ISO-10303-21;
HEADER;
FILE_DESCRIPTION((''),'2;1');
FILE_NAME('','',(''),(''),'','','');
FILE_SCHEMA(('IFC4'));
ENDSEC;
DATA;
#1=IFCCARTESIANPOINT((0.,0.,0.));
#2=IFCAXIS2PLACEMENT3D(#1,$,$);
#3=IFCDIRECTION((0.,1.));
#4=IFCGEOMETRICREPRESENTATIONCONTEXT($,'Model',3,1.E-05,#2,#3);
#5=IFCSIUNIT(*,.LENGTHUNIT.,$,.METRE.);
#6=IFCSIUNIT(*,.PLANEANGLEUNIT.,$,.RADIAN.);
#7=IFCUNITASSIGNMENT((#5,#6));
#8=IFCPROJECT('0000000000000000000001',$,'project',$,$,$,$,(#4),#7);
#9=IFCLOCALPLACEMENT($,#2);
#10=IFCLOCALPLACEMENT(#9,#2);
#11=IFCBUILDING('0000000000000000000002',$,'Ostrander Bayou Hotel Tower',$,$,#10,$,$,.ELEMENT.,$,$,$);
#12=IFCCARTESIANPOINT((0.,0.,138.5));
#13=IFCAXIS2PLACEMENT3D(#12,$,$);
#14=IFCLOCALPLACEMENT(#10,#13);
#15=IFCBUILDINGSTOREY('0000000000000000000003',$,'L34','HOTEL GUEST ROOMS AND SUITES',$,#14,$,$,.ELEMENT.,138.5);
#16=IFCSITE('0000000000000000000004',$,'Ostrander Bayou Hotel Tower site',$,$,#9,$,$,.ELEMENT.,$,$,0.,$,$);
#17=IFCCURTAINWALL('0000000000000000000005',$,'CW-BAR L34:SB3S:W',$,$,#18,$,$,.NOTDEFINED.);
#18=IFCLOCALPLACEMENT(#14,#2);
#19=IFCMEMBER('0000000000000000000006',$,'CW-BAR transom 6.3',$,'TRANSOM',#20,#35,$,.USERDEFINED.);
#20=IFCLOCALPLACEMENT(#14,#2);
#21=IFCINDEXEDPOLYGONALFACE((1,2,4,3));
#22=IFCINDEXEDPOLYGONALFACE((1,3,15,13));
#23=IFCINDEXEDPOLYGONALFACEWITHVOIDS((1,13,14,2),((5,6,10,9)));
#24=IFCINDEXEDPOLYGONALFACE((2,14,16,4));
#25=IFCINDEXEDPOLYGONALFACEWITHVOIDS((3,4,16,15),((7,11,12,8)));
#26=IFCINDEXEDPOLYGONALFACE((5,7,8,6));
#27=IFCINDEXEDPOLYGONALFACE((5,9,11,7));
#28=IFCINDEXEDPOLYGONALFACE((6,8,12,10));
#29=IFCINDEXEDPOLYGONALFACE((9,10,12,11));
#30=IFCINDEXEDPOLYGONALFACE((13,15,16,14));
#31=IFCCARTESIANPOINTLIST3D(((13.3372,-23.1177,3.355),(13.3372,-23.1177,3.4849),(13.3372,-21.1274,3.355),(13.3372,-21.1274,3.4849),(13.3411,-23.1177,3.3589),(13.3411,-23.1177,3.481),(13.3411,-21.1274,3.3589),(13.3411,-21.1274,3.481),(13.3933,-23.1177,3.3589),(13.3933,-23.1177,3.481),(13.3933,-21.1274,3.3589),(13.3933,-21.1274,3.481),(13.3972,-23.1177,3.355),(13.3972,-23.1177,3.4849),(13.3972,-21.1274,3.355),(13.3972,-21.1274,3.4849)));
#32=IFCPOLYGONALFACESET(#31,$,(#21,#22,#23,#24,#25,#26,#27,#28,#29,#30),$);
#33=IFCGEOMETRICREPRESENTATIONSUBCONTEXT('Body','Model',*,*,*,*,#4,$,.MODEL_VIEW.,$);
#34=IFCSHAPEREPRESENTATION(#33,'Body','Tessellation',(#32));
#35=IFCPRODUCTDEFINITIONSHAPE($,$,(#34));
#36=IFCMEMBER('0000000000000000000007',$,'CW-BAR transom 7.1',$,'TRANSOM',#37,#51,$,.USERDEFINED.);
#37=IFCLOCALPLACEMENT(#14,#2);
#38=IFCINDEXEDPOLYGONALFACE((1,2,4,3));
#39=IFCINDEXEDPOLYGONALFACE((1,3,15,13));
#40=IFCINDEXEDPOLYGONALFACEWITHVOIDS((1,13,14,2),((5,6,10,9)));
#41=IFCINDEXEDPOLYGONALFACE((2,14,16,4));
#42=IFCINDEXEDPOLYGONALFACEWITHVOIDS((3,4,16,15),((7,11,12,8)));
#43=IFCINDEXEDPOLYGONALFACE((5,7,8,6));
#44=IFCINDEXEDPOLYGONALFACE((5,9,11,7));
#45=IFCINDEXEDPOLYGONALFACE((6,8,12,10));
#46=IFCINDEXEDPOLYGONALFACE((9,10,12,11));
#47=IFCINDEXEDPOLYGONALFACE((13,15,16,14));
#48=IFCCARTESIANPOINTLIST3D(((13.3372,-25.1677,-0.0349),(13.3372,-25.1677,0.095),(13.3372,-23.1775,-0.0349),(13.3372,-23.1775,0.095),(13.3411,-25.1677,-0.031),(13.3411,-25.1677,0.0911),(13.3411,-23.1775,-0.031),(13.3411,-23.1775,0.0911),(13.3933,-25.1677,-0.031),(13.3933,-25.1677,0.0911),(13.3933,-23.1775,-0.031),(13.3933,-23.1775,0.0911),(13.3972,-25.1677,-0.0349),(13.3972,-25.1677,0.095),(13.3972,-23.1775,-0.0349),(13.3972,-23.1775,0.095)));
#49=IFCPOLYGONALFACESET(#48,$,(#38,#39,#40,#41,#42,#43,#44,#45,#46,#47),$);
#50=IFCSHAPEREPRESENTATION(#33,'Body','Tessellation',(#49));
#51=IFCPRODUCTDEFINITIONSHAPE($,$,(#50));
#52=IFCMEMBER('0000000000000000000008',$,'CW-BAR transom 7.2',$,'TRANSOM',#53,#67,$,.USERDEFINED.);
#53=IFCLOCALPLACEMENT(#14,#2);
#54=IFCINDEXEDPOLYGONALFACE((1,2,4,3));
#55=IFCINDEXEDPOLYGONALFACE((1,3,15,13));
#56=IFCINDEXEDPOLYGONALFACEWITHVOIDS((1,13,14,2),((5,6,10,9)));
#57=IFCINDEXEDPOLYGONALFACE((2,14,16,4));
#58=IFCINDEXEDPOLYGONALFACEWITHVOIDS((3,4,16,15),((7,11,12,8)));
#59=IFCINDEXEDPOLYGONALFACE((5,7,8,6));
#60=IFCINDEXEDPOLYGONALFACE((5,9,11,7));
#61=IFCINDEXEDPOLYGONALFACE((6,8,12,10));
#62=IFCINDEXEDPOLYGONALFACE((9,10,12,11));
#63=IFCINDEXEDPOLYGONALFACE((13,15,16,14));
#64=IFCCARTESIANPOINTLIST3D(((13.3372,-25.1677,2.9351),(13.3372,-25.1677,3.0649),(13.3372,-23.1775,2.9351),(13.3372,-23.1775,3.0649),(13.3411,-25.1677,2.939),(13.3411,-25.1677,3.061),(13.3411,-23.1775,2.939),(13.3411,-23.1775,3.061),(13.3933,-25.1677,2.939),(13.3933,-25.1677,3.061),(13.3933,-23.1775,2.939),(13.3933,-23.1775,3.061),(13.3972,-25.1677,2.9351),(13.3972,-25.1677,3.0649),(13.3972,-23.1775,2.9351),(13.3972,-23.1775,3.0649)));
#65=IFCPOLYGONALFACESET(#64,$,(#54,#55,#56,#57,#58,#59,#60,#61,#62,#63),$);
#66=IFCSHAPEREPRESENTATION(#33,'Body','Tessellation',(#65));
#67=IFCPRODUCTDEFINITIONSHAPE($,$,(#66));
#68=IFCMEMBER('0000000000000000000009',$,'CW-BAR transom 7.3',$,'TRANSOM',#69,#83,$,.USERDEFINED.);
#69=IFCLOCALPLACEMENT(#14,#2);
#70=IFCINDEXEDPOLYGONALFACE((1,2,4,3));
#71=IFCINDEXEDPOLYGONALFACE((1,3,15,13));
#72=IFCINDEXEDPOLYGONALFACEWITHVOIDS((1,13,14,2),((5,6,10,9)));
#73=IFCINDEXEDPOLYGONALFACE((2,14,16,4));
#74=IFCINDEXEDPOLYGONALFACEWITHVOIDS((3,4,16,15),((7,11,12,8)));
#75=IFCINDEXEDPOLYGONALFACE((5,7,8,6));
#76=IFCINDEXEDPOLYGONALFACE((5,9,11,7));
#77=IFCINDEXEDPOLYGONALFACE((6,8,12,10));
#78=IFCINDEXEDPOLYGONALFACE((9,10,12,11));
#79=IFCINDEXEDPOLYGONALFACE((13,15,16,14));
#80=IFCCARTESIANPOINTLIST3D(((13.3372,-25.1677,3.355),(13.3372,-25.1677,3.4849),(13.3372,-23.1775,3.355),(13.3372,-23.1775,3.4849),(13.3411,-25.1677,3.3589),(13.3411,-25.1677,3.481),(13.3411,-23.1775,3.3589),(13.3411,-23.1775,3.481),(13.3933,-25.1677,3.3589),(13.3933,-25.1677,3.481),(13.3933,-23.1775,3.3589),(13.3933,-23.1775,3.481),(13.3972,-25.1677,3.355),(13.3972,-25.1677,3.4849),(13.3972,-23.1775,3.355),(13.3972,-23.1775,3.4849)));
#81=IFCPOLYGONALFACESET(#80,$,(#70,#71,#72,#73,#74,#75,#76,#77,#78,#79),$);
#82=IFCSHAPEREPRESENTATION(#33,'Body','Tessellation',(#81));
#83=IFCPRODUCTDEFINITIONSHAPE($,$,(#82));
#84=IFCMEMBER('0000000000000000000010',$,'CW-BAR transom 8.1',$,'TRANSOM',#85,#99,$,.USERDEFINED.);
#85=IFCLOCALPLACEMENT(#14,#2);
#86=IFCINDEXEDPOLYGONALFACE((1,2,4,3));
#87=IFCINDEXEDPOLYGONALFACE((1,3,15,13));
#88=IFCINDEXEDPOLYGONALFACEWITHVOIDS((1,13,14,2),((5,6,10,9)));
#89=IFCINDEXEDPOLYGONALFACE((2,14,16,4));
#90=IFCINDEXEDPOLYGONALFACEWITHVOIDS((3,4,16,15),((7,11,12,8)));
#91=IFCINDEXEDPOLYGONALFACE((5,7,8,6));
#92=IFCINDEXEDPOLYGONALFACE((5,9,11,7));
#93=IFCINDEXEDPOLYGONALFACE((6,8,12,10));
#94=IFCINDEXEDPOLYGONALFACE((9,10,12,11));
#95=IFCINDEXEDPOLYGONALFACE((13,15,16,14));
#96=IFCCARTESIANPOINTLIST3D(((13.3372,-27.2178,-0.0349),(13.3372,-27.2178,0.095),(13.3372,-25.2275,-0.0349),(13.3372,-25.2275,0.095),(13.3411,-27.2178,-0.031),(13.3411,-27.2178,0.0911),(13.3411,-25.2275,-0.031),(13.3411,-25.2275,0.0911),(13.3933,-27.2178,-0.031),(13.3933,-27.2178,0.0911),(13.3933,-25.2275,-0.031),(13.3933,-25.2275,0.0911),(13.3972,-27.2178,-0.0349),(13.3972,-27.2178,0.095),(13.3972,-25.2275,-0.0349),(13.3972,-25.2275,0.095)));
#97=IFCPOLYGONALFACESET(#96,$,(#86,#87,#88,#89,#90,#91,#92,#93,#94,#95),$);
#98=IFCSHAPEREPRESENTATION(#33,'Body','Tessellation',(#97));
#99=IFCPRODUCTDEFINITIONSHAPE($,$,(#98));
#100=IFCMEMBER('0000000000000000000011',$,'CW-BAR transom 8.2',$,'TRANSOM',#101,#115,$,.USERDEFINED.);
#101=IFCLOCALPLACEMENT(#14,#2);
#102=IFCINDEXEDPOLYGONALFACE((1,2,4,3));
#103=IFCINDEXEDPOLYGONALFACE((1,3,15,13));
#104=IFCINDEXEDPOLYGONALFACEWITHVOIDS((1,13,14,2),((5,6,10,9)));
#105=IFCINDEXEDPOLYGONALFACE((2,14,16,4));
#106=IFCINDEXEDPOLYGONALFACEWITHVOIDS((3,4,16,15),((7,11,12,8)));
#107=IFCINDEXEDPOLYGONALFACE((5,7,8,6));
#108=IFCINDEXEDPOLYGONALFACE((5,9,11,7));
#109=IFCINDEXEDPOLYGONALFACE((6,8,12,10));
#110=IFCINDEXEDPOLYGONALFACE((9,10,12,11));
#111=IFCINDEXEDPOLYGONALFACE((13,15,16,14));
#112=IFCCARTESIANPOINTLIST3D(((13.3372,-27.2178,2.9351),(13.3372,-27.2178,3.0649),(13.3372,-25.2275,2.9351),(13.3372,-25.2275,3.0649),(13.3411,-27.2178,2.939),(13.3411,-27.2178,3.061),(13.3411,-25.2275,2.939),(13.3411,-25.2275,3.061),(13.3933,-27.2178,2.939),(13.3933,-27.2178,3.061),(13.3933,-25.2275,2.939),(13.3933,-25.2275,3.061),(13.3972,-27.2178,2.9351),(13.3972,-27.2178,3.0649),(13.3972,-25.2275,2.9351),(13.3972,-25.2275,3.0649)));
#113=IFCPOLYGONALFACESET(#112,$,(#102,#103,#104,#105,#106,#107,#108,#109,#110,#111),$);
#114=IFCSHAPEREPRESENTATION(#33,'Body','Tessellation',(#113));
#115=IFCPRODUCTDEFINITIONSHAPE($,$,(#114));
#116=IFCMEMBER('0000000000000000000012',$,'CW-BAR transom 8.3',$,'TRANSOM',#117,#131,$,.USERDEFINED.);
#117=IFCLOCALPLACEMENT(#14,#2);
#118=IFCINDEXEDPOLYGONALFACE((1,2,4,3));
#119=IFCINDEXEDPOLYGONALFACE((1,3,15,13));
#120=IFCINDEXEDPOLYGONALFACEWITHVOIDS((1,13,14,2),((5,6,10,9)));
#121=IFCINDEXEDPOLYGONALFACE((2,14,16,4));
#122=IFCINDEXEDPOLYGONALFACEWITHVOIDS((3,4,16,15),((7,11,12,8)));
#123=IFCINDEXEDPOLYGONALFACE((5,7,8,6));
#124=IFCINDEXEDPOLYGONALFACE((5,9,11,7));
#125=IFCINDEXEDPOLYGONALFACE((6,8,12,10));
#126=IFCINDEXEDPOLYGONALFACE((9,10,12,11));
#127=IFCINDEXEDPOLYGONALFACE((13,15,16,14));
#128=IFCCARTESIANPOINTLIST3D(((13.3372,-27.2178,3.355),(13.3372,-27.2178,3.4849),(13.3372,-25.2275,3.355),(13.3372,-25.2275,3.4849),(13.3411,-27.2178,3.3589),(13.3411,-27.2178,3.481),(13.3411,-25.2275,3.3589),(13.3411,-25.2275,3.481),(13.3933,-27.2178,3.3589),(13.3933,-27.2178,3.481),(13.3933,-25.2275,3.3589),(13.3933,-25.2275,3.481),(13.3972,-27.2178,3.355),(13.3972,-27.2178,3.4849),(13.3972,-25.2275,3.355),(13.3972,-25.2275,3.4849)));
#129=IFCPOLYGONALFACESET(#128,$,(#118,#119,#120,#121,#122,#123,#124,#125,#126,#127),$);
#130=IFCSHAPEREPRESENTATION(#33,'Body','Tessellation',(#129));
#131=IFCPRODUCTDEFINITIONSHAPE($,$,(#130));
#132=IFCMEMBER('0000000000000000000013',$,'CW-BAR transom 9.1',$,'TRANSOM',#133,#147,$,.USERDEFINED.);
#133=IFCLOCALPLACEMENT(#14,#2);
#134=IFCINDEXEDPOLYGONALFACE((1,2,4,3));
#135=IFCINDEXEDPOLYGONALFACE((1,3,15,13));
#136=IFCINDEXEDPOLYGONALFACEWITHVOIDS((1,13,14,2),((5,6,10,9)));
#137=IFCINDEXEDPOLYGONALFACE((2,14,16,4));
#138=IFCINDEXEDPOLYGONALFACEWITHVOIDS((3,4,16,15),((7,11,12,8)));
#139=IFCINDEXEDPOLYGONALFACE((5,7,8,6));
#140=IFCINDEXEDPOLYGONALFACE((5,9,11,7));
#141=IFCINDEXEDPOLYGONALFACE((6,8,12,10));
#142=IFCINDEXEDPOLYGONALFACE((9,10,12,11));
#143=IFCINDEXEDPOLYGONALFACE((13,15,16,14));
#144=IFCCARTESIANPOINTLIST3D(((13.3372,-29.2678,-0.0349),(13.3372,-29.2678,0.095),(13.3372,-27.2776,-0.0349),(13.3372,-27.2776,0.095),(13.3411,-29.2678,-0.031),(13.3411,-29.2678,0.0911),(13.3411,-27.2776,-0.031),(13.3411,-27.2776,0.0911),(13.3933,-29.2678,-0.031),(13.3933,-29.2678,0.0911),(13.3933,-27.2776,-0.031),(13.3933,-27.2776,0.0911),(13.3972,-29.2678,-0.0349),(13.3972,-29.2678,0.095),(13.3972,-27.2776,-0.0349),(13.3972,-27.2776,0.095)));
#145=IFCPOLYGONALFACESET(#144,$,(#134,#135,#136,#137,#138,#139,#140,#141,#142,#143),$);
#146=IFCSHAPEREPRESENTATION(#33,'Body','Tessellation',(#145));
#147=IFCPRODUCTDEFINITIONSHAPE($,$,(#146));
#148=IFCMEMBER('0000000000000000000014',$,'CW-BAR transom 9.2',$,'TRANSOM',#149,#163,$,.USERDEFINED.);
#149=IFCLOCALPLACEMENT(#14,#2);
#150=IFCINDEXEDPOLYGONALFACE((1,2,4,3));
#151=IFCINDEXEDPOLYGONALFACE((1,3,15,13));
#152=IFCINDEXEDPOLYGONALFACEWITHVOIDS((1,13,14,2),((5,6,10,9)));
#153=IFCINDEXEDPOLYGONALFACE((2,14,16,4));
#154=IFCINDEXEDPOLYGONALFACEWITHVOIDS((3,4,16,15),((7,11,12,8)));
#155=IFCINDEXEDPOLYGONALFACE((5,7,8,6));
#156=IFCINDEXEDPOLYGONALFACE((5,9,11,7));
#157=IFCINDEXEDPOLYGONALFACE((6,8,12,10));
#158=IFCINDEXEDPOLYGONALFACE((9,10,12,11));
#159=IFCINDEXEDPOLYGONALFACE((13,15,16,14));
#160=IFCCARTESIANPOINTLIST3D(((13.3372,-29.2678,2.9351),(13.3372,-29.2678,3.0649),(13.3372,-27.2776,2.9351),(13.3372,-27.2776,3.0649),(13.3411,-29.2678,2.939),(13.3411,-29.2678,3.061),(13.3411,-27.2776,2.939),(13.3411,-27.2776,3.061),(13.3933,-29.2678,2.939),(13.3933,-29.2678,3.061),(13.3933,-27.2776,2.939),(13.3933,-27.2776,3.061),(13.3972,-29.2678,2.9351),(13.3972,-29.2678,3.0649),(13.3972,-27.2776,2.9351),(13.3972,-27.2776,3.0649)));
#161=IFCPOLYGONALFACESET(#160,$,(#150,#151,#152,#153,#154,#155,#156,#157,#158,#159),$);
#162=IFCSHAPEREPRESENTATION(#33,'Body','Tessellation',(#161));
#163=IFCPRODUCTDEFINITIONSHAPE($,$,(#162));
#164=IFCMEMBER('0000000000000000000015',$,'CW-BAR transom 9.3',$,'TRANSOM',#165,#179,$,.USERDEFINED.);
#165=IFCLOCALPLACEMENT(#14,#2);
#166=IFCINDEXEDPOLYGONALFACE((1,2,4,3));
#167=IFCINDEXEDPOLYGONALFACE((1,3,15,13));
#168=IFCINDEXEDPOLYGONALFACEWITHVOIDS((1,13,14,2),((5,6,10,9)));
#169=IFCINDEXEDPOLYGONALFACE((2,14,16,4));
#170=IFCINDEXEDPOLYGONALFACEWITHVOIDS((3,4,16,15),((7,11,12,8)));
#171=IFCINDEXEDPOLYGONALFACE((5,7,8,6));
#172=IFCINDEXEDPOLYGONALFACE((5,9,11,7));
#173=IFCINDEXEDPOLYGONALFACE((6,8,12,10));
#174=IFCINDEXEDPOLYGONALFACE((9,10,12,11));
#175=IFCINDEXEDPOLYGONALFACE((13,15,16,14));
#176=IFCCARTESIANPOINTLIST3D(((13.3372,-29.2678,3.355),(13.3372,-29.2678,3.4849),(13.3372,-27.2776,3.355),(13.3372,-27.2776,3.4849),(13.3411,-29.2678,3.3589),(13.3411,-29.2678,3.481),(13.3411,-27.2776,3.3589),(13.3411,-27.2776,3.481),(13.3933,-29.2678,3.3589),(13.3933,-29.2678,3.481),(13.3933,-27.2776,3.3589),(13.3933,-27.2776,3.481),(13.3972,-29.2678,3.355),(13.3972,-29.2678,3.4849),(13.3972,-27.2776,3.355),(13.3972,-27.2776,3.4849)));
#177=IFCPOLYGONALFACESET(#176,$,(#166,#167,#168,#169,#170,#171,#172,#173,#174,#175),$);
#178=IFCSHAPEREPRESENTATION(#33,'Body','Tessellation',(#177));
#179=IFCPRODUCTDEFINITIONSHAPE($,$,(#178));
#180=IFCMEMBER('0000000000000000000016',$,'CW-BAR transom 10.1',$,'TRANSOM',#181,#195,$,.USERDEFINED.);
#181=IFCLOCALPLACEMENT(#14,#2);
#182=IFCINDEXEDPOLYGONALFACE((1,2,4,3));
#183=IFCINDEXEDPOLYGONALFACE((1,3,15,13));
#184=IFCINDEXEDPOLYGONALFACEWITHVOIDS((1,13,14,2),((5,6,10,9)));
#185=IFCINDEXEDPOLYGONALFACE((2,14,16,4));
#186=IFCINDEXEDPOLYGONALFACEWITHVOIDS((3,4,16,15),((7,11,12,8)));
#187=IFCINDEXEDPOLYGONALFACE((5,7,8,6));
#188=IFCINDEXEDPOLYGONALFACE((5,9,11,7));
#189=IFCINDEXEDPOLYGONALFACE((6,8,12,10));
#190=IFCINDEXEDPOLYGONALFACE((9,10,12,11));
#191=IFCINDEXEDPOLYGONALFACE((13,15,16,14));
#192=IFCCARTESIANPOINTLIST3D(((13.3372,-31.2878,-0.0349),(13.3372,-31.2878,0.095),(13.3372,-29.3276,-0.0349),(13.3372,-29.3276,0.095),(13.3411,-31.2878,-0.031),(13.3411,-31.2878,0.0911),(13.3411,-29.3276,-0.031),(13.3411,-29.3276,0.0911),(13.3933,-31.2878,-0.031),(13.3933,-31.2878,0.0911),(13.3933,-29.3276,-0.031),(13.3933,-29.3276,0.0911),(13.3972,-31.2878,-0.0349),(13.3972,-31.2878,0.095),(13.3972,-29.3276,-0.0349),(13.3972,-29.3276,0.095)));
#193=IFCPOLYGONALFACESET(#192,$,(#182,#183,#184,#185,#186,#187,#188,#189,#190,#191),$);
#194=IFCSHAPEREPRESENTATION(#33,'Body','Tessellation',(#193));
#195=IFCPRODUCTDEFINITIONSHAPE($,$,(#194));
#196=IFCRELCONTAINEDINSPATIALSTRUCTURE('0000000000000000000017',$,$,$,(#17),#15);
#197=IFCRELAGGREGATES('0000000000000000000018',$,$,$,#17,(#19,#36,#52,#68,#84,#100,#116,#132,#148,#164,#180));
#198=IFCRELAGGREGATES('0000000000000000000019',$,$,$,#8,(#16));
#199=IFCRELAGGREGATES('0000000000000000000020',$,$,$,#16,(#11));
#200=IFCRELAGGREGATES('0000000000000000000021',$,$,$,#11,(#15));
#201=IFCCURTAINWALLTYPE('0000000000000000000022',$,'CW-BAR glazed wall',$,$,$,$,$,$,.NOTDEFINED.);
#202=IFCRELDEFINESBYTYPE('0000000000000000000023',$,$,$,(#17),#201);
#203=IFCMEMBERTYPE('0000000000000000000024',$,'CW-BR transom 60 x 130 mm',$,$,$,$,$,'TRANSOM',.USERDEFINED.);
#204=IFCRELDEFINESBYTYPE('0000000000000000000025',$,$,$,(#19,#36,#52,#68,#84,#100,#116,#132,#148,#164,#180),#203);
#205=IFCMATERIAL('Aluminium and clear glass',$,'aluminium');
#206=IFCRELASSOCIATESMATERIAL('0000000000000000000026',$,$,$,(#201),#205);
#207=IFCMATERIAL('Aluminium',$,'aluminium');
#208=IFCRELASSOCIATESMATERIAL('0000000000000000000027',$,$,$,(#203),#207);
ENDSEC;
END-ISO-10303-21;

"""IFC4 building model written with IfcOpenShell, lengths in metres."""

from ifc_helpers import new_model, si_unit, direction, frame, origin, origin_2d, place, context, subcontext, project, spatial, hollow_rectangle, extrude, material, material_profile, profile_set, type_object, element, aggregate, save


model = new_model("IFC4")

# Units and contexts
model_context = context("Model", 3, precision=1e-05, world=origin(), true_north=direction((0.0, 1.0)))
body_context = subcontext(model_context, "Body", "Model", "MODEL_VIEW")
ifc_project = project(units=[si_unit("LENGTHUNIT", "METRE"), si_unit("PLANEANGLEUNIT", "RADIAN")], contexts=[model_context])

# Site, building, storey
site_placement = place(None, origin())
site = spatial("IfcSite", under=ifc_project, at=site_placement, Name="Ostrander Bayou Hotel Tower site", CompositionType="ELEMENT", RefElevation=0.0)
building_placement = place(site_placement, origin())
building = spatial("IfcBuilding", under=site, at=building_placement, Name="Ostrander Bayou Hotel Tower", CompositionType="ELEMENT")
storey_placement = place(building_placement, frame((0.0, 0.0, 138.5)))
storey = spatial("IfcBuildingStorey", under=building, at=storey_placement, Name="L34", Description="HOTEL GUEST ROOMS AND SUITES", CompositionType="ELEMENT", Elevation=138.5)

# Shared definitions
ifc_material_1 = material(Name="Aluminium and clear glass", Category="aluminium")
curtain_wall_type = type_object("IfcCurtainWallType", Name="CW-BAR glazed wall", PredefinedType="NOTDEFINED", material=ifc_material_1)

# Curtain wall, members
curtain_wall_1_placement = place(storey_placement, origin())
curtain_wall_1 = element("IfcCurtainWall", 1, at=curtain_wall_1_placement, inside=storey, type_object=curtain_wall_type, Name="CW-BAR L34:SB3S:W", PredefinedType="NOTDEFINED")
ifc_material_2 = material(Name="Aluminium", Category="aluminium")
ifc_material_profile_1 = material_profile(ifc_material_2, hollow_rectangle(XDim=0.0601, YDim=0.1299, WallThickness=0.0039, at=origin_2d()))
ifc_profile_set_1 = profile_set([ifc_material_profile_1], Name="Aluminium")
member_type_1 = type_object("IfcMemberType", Name="CW-BR transom 60 x 130 mm", ElementType="TRANSOM", PredefinedType="USERDEFINED", material=ifc_profile_set_1)
member_1_placement = place(storey_placement, frame((13.3672, -21.1274, 3.4199), z_axis=(0.0, -1.0, 0.0), x_axis=(1.0, 0.0, 0.0)))
member_1 = element("IfcMember", 2, at=member_1_placement, type_object=member_type_1, Name="CW-BAR transom 6.3", ObjectType="TRANSOM", PredefinedType="USERDEFINED", context=body_context, shape_type="SweptSolid", body=[
    extrude(hollow_rectangle(XDim=0.0601, YDim=0.1299, WallThickness=0.0039, at=origin_2d()), origin(), (0.0, 0.0, 1.0), 1.9902),
])
member_2_placement = place(storey_placement, frame((13.3672, -23.1775, 0.03), z_axis=(0.0, -1.0, 0.0), x_axis=(1.0, 0.0, 0.0)))
member_2 = element("IfcMember", 3, at=member_2_placement, type_object=member_type_1, Name="CW-BAR transom 7.1", ObjectType="TRANSOM", PredefinedType="USERDEFINED", context=body_context, shape_type="SweptSolid", body=[
    extrude(hollow_rectangle(XDim=0.0601, YDim=0.1299, WallThickness=0.0039, at=origin_2d()), origin(), (0.0, 0.0, 1.0), 1.9902),
])
member_3_placement = place(storey_placement, frame((13.3672, -23.1775, 3.0), z_axis=(0.0, -1.0, 0.0), x_axis=(1.0, 0.0, 0.0)))
member_3 = element("IfcMember", 4, at=member_3_placement, type_object=member_type_1, Name="CW-BAR transom 7.2", ObjectType="TRANSOM", PredefinedType="USERDEFINED", context=body_context, shape_type="SweptSolid", body=[
    extrude(hollow_rectangle(XDim=0.0601, YDim=0.1299, WallThickness=0.0039, at=origin_2d()), origin(), (0.0, 0.0, 1.0), 1.9902),
])
member_4_placement = place(storey_placement, frame((13.3672, -23.1775, 3.4199), z_axis=(0.0, -1.0, 0.0), x_axis=(1.0, 0.0, 0.0)))
member_4 = element("IfcMember", 5, at=member_4_placement, type_object=member_type_1, Name="CW-BAR transom 7.3", ObjectType="TRANSOM", PredefinedType="USERDEFINED", context=body_context, shape_type="SweptSolid", body=[
    extrude(hollow_rectangle(XDim=0.0601, YDim=0.1299, WallThickness=0.0039, at=origin_2d()), origin(), (0.0, 0.0, 1.0), 1.9902),
])
member_5_placement = place(storey_placement, frame((13.3672, -25.2275, 0.03), z_axis=(0.0, -1.0, 0.0), x_axis=(1.0, 0.0, 0.0)))
member_5 = element("IfcMember", 6, at=member_5_placement, type_object=member_type_1, Name="CW-BAR transom 8.1", ObjectType="TRANSOM", PredefinedType="USERDEFINED", context=body_context, shape_type="SweptSolid", body=[
    extrude(hollow_rectangle(XDim=0.0601, YDim=0.1299, WallThickness=0.0039, at=origin_2d()), origin(), (0.0, 0.0, 1.0), 1.9902),
])
member_6_placement = place(storey_placement, frame((13.3672, -25.2275, 3.0), z_axis=(0.0, -1.0, 0.0), x_axis=(1.0, 0.0, 0.0)))
member_6 = element("IfcMember", 7, at=member_6_placement, type_object=member_type_1, Name="CW-BAR transom 8.2", ObjectType="TRANSOM", PredefinedType="USERDEFINED", context=body_context, shape_type="SweptSolid", body=[
    extrude(hollow_rectangle(XDim=0.0601, YDim=0.1299, WallThickness=0.0039, at=origin_2d()), origin(), (0.0, 0.0, 1.0), 1.9902),
])
member_7_placement = place(storey_placement, frame((13.3672, -25.2275, 3.4199), z_axis=(0.0, -1.0, 0.0), x_axis=(1.0, 0.0, 0.0)))
member_7 = element("IfcMember", 8, at=member_7_placement, type_object=member_type_1, Name="CW-BAR transom 8.3", ObjectType="TRANSOM", PredefinedType="USERDEFINED", context=body_context, shape_type="SweptSolid", body=[
    extrude(hollow_rectangle(XDim=0.0601, YDim=0.1299, WallThickness=0.0039, at=origin_2d()), origin(), (0.0, 0.0, 1.0), 1.9902),
])
member_8_placement = place(storey_placement, frame((13.3672, -27.2776, 0.03), z_axis=(0.0, -1.0, 0.0), x_axis=(1.0, 0.0, 0.0)))
member_8 = element("IfcMember", 9, at=member_8_placement, type_object=member_type_1, Name="CW-BAR transom 9.1", ObjectType="TRANSOM", PredefinedType="USERDEFINED", context=body_context, shape_type="SweptSolid", body=[
    extrude(hollow_rectangle(XDim=0.0601, YDim=0.1299, WallThickness=0.0039, at=origin_2d()), origin(), (0.0, 0.0, 1.0), 1.9902),
])
member_9_placement = place(storey_placement, frame((13.3672, -27.2776, 3.0), z_axis=(0.0, -1.0, 0.0), x_axis=(1.0, 0.0, 0.0)))
member_9 = element("IfcMember", 10, at=member_9_placement, type_object=member_type_1, Name="CW-BAR transom 9.2", ObjectType="TRANSOM", PredefinedType="USERDEFINED", context=body_context, shape_type="SweptSolid", body=[
    extrude(hollow_rectangle(XDim=0.0601, YDim=0.1299, WallThickness=0.0039, at=origin_2d()), origin(), (0.0, 0.0, 1.0), 1.9902),
])
member_10_placement = place(storey_placement, frame((13.3672, -27.2776, 3.4199), z_axis=(0.0, -1.0, 0.0), x_axis=(1.0, 0.0, 0.0)))
member_10 = element("IfcMember", 11, at=member_10_placement, type_object=member_type_1, Name="CW-BAR transom 9.3", ObjectType="TRANSOM", PredefinedType="USERDEFINED", context=body_context, shape_type="SweptSolid", body=[
    extrude(hollow_rectangle(XDim=0.0601, YDim=0.1299, WallThickness=0.0039, at=origin_2d()), origin(), (0.0, 0.0, 1.0), 1.9902),
])
member_11_placement = place(storey_placement, frame((13.3672, -29.3276, 0.03), z_axis=(0.0, -1.0, 0.0), x_axis=(1.0, 0.0, 0.0)))
member_11 = element("IfcMember", 12, at=member_11_placement, type_object=member_type_1, Name="CW-BAR transom 10.1", ObjectType="TRANSOM", PredefinedType="USERDEFINED", context=body_context, shape_type="SweptSolid", body=[
    extrude(hollow_rectangle(XDim=0.0601, YDim=0.1299, WallThickness=0.0039, at=origin_2d()), origin(), (0.0, 0.0, 1.0), 1.9602),
])

aggregate(curtain_wall_1, [member_1, member_2, member_3, member_4, member_5, member_6, member_7, member_8, member_9, member_10, member_11])

save(model, "model.ifc")
